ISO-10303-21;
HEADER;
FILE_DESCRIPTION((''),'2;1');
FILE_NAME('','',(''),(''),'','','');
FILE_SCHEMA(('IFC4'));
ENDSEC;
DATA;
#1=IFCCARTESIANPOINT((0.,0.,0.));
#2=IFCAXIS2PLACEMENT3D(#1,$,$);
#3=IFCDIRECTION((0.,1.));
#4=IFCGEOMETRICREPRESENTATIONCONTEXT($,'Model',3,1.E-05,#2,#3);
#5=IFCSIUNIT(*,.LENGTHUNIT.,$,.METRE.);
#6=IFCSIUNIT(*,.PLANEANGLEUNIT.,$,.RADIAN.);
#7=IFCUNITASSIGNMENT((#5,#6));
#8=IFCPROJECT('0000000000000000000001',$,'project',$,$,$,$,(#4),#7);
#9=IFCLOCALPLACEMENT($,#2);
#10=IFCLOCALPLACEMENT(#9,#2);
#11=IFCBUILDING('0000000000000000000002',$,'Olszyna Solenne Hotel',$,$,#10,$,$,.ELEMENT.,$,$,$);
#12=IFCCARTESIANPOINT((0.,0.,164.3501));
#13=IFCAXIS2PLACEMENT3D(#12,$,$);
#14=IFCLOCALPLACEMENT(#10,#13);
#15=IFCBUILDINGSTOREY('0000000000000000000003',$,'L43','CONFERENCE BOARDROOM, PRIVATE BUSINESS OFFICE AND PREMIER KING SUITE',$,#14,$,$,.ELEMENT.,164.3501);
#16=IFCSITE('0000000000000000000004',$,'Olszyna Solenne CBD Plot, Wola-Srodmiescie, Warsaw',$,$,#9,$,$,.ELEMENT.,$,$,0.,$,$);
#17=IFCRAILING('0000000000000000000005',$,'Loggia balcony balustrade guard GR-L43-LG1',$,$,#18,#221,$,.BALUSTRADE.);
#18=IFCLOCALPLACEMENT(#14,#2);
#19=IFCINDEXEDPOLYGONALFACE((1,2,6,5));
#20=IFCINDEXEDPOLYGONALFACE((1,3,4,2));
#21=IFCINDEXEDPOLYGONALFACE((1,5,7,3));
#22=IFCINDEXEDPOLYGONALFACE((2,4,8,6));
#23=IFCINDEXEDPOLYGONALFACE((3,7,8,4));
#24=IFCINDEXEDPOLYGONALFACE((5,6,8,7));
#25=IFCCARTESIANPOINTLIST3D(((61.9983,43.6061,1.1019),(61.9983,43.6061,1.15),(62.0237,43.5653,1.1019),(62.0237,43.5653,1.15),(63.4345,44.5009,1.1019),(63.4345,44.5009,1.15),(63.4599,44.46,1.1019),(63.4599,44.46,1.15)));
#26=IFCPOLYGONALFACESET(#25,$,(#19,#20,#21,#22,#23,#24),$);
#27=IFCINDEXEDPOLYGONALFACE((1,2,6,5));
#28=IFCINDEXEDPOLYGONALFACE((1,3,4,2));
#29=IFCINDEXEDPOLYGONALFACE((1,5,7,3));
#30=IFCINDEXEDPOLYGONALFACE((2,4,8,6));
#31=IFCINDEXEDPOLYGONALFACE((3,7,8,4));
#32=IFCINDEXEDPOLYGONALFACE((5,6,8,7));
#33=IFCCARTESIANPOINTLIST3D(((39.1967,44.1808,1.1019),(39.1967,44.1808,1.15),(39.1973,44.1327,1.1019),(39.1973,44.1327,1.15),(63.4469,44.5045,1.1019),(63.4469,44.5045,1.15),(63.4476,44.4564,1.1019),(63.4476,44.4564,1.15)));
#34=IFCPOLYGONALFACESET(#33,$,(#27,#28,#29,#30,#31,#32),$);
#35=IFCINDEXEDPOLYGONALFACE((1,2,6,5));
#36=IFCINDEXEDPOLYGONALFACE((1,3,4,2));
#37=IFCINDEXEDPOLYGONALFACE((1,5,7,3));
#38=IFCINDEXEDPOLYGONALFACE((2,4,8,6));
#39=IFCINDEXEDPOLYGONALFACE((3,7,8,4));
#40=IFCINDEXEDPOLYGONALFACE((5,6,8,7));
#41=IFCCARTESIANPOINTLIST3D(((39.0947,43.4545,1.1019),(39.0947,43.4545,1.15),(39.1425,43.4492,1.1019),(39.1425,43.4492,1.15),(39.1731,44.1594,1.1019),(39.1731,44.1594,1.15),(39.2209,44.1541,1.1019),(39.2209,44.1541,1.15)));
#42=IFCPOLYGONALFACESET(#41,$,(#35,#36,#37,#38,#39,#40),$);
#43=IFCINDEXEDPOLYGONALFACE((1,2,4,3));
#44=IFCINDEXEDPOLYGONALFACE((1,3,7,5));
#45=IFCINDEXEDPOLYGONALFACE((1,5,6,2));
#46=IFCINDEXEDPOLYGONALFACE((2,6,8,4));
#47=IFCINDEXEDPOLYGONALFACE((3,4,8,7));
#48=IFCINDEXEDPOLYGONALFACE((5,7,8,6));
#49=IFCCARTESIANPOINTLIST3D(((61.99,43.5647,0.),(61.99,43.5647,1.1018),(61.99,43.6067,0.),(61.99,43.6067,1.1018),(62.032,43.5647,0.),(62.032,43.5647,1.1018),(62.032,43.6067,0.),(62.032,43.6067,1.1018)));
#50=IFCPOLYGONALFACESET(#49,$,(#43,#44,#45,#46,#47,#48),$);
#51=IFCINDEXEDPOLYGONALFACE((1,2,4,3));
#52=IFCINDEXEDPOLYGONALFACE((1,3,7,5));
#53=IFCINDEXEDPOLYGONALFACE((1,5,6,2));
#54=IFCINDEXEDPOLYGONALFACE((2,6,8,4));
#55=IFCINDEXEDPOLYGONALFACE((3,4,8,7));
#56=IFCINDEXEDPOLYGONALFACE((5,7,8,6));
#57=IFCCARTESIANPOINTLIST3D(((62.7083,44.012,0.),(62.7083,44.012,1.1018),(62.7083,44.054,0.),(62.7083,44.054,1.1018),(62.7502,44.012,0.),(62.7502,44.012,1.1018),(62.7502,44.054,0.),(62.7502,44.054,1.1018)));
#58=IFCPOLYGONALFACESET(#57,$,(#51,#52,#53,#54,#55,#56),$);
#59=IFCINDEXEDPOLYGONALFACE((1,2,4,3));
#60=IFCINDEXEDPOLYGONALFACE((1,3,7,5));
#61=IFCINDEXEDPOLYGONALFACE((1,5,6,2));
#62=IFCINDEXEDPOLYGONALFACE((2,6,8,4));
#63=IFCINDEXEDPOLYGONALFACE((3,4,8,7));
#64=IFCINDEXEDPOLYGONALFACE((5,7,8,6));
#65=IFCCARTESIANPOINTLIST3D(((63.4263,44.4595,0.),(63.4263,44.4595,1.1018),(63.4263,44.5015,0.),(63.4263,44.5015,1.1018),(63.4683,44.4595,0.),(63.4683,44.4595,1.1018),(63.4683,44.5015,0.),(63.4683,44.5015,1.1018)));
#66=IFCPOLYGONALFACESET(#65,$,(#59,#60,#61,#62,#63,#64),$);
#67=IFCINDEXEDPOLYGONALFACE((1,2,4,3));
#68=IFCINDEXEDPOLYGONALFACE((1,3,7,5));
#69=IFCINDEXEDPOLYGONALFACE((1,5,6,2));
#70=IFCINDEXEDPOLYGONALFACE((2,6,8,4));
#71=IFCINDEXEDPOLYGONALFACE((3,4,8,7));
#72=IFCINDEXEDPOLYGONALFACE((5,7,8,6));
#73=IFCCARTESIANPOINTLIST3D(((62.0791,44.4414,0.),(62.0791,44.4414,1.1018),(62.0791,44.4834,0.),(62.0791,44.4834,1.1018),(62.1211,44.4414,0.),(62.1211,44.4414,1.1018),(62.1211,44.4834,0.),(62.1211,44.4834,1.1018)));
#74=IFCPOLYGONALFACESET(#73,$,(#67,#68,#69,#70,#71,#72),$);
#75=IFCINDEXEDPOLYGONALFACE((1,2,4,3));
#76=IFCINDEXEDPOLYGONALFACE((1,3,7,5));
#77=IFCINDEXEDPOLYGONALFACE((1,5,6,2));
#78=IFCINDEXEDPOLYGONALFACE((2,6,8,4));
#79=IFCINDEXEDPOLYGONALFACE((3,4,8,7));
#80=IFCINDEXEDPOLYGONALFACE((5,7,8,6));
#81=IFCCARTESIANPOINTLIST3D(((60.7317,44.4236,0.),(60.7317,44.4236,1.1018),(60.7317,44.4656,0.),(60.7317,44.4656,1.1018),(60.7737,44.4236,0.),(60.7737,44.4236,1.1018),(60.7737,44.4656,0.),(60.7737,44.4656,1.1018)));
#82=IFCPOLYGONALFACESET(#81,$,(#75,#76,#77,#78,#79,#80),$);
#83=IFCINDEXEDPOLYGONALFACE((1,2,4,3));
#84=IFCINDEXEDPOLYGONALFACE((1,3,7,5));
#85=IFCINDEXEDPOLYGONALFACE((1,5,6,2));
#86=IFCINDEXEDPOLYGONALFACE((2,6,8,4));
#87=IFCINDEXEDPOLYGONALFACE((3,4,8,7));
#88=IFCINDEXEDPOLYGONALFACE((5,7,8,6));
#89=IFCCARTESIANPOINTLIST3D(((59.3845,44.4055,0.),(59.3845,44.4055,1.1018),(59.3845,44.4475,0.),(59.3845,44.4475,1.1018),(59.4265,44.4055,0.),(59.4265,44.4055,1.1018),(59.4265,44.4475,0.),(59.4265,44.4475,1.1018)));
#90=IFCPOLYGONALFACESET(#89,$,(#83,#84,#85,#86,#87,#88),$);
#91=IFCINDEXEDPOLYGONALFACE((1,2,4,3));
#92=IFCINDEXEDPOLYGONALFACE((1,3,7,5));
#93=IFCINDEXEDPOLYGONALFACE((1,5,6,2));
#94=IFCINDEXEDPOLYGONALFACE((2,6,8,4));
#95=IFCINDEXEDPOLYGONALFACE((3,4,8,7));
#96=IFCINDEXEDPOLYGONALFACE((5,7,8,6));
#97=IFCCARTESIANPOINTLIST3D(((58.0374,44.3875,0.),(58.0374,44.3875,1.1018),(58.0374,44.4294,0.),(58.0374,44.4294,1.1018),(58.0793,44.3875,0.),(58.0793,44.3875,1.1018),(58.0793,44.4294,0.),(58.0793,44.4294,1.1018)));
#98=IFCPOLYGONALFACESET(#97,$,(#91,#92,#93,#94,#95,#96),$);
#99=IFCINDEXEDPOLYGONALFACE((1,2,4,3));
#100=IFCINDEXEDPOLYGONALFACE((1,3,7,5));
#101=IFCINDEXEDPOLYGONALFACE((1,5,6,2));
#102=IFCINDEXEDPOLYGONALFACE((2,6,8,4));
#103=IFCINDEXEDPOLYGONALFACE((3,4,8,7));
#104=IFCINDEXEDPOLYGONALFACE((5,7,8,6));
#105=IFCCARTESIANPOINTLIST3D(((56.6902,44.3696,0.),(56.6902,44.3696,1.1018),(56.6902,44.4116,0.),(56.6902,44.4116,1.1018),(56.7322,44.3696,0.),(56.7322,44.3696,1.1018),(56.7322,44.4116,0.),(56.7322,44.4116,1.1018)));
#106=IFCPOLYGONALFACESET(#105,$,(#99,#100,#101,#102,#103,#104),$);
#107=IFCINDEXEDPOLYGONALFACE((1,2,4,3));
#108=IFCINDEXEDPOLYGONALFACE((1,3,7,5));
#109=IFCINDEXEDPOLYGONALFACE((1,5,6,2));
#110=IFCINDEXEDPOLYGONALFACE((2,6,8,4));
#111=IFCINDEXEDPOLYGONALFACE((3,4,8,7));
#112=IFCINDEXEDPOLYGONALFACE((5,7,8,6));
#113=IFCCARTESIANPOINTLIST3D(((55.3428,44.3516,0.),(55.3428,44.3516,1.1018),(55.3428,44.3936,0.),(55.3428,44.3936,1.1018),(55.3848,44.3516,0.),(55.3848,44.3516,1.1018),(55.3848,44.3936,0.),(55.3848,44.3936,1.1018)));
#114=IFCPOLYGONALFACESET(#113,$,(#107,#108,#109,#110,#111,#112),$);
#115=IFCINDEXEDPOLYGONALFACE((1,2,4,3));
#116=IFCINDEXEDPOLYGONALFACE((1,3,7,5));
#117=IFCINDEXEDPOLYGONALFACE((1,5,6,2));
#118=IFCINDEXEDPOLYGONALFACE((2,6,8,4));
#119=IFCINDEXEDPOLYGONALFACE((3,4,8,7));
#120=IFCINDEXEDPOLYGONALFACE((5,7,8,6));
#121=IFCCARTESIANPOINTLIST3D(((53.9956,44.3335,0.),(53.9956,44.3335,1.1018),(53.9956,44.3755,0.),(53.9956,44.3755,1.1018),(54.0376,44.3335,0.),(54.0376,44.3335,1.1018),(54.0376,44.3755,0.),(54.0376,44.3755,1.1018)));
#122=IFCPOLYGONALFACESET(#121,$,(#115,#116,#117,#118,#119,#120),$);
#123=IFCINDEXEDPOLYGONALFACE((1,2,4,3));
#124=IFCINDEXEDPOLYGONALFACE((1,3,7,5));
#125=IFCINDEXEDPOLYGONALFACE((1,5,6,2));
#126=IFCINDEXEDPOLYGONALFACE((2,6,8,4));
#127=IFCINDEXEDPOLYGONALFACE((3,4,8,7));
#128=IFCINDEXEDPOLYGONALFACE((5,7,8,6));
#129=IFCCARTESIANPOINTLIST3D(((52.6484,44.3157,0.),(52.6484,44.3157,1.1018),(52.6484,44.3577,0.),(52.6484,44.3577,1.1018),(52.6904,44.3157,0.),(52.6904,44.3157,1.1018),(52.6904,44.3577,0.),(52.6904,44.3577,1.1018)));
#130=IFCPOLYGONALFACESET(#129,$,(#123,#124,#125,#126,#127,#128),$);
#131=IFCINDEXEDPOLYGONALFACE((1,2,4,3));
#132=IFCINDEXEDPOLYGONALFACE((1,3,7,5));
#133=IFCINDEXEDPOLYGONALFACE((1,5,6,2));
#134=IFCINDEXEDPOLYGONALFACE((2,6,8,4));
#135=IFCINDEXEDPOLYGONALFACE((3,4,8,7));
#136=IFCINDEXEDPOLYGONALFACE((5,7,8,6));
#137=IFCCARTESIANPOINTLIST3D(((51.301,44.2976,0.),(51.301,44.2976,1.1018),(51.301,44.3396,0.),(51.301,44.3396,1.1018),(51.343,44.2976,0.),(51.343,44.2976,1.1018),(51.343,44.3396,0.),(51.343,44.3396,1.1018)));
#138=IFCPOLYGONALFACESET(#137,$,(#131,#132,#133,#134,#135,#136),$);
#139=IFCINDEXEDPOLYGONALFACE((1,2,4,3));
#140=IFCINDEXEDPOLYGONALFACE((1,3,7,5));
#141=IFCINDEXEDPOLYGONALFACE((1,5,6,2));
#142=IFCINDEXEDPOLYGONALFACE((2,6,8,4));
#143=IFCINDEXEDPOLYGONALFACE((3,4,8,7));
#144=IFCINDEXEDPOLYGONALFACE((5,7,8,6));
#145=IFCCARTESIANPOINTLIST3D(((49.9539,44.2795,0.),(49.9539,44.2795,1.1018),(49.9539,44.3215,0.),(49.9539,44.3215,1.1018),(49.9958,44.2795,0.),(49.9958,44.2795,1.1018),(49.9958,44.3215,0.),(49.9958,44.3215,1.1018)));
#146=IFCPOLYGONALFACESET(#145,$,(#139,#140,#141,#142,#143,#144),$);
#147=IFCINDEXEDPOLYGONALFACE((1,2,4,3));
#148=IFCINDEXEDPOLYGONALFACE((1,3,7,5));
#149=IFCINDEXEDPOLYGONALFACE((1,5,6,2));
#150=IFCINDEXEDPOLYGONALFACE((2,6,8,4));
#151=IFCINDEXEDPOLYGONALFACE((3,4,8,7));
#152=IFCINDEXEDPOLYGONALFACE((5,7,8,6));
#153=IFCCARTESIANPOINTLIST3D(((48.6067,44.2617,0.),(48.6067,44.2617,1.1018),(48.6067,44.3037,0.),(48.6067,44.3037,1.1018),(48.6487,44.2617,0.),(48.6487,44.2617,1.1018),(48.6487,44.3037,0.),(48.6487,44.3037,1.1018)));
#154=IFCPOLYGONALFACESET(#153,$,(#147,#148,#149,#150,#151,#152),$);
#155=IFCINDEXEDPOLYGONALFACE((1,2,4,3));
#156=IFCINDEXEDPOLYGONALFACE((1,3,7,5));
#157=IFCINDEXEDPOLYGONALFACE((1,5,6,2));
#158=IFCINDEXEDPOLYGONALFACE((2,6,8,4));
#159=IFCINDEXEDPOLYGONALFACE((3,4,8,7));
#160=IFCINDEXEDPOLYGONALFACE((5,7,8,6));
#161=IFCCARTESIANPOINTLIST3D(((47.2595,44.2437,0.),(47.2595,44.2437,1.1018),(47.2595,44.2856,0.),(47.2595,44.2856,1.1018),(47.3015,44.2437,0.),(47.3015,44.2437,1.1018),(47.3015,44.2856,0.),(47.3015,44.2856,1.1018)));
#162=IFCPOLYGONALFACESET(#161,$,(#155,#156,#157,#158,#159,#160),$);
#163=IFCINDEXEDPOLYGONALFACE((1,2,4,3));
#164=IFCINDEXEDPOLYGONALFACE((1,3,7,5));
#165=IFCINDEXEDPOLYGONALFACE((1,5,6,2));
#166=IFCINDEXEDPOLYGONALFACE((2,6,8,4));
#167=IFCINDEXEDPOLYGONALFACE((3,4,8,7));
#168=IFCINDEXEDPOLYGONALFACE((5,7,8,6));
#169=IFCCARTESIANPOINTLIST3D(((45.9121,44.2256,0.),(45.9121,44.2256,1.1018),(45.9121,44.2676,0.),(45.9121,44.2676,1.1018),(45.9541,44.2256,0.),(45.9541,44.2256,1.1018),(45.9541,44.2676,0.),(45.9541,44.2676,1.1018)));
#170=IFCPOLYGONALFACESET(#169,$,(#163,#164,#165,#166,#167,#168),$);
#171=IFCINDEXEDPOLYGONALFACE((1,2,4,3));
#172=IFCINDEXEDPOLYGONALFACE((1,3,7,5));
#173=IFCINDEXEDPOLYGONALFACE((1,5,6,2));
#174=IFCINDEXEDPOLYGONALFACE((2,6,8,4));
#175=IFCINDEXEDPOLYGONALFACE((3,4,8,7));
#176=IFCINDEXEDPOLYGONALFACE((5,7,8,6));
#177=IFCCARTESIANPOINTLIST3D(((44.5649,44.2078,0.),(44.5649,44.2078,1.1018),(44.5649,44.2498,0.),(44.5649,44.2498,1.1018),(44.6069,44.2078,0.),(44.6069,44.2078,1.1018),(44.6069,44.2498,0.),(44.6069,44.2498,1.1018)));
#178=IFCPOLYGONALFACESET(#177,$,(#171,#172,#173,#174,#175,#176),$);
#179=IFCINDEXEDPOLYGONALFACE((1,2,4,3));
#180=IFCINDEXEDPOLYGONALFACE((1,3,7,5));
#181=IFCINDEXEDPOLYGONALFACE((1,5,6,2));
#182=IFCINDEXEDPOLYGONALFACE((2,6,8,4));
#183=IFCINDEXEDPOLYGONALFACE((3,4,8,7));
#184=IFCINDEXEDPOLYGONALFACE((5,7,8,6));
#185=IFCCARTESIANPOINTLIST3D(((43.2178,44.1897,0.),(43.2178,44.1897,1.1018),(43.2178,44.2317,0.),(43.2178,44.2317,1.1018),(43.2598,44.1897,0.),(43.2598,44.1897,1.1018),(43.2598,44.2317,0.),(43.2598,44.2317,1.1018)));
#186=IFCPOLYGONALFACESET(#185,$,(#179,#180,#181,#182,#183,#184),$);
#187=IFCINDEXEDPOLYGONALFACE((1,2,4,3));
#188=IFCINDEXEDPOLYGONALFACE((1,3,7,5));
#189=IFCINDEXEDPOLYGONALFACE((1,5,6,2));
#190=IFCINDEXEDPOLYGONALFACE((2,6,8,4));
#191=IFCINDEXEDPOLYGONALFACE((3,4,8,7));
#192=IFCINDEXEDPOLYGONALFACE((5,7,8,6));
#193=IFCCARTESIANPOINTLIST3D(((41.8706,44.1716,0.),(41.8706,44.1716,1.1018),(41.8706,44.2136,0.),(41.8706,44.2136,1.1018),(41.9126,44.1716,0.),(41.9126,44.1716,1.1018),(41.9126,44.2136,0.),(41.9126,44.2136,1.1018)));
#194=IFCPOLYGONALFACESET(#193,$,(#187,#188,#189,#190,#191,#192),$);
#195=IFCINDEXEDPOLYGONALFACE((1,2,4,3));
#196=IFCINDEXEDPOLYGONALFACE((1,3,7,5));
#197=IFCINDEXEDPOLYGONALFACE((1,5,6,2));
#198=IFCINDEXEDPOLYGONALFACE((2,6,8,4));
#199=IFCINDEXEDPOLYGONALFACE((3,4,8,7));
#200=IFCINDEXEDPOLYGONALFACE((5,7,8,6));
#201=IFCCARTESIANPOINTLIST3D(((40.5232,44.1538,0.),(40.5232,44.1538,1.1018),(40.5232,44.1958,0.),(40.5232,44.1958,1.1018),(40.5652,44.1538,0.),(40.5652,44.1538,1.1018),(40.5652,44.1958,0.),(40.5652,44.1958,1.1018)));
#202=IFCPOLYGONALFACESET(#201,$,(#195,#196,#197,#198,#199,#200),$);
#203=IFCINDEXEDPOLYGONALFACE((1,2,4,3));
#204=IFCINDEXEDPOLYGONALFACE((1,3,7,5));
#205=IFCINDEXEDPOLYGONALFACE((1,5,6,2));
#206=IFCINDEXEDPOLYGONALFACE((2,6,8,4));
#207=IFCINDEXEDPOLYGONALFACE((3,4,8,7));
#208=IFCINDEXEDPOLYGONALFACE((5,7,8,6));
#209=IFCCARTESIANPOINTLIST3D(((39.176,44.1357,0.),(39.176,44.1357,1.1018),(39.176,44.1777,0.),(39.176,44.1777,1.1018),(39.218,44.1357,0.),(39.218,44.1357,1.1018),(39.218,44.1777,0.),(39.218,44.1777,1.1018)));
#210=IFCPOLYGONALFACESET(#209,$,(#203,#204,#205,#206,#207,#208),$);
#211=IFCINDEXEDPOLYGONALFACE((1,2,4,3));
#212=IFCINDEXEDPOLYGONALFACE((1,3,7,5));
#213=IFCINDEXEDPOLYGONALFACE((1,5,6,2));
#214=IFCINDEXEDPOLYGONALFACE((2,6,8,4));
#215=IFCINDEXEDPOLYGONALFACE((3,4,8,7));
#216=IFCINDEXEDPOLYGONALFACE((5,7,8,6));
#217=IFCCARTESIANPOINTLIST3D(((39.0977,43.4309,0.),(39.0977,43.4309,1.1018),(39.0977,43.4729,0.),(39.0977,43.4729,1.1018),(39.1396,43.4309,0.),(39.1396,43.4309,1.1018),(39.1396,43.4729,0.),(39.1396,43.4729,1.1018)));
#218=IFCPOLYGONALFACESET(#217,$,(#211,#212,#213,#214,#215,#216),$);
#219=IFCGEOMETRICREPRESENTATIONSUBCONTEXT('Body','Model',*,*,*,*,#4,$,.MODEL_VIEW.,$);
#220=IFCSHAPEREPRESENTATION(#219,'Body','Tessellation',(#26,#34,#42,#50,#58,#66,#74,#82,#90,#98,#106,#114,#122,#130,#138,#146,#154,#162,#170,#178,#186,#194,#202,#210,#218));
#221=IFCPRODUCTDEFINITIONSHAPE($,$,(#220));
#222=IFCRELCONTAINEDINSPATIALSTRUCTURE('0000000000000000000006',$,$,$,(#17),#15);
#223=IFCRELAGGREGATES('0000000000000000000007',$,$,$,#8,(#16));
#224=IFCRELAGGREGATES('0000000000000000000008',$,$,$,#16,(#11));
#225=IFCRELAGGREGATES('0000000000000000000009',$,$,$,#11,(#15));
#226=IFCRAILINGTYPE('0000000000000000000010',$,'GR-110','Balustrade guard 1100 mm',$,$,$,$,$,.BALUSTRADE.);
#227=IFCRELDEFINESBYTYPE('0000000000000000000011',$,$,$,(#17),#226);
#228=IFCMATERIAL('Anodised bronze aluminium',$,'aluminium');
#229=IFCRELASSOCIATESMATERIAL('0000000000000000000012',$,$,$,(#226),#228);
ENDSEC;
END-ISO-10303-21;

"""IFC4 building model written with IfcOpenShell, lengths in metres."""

from ifc_helpers import new_model, si_unit, direction, frame, origin, origin_2d, place, context, subcontext, project, spatial, rectangle, extrude, material, type_object, element, save


model = new_model("IFC4")

# Units and contexts
model_context = context("Model", 3, precision=1e-05, world=origin(), true_north=direction((0.0, 1.0)))
body_context = subcontext(model_context, "Body", "Model", "MODEL_VIEW")
ifc_project = project(units=[si_unit("LENGTHUNIT", "METRE"), si_unit("PLANEANGLEUNIT", "RADIAN")], contexts=[model_context])

# Site, building, storey
site_placement = place(None, origin())
site = spatial("IfcSite", under=ifc_project, at=site_placement, Name="Olszyna Solenne CBD Plot, Wola-Srodmiescie, Warsaw", CompositionType="ELEMENT", RefElevation=0.0)
building_placement = place(site_placement, origin())
building = spatial("IfcBuilding", under=site, at=building_placement, Name="Olszyna Solenne Hotel", CompositionType="ELEMENT")
storey_placement = place(building_placement, frame((0.0, 0.0, 164.3501)))
storey = spatial("IfcBuildingStorey", under=building, at=storey_placement, Name="L43", Description="CONFERENCE BOARDROOM, PRIVATE BUSINESS OFFICE AND PREMIER KING SUITE", CompositionType="ELEMENT", Elevation=164.3501)

# Railing
ifc_material_1 = material(Name="Anodised bronze aluminium", Category="aluminium")
railing_type = type_object("IfcRailingType", Name="GR-110", Description="Balustrade guard 1100 mm", PredefinedType="BALUSTRADE", material=ifc_material_1)
railing_placement = place(storey_placement, frame((62.011, 43.5857, 0.0)))
element("IfcRailing", 1, at=railing_placement, inside=storey, type_object=railing_type, Name="Loggia balcony balustrade guard GR-L43-LG1", PredefinedType="BALUSTRADE", context=body_context, shape_type="SweptSolid", body=[
    extrude(rectangle(XDim=0.0481, YDim=0.0481, at=origin_2d()), frame((0.0, 0.0, 1.126), z_axis=(0.848767, 0.528766, 0.0), x_axis=(-0.528766, 0.848767, 0.0)), (0.0, 0.0, 1.0), 1.6921),
    extrude(rectangle(XDim=0.0481, YDim=0.0481, at=origin_2d()), frame((1.4363, 0.8948, 1.126), z_axis=(-0.999911, -0.013348, 0.0), x_axis=(0.013348, -0.999911, 0.0)), (0.0, 0.0, 1.0), 24.2524),
    extrude(rectangle(XDim=0.0481, YDim=0.0481, at=origin_2d()), frame((-22.814, 0.571, 1.126), z_axis=(-0.110507, -0.993875, 0.0), x_axis=(0.993875, -0.110507, 0.0)), (0.0, 0.0, 1.0), 0.7092),
    extrude(rectangle(XDim=0.042, YDim=0.042, at=origin_2d()), origin(), (0.0, 0.0, 1.0), 1.1018),
    extrude(rectangle(XDim=0.042, YDim=0.042, at=origin_2d()), frame((0.7183, 0.4473, 0.0)), (0.0, 0.0, 1.0), 1.1018),
    extrude(rectangle(XDim=0.042, YDim=0.042, at=origin_2d()), frame((1.4363, 0.8948, 0.0)), (0.0, 0.0, 1.0), 1.1018),
    extrude(rectangle(XDim=0.042, YDim=0.042, at=origin_2d()), frame((0.0891, 0.8767, 0.0)), (0.0, 0.0, 1.0), 1.1018),
    extrude(rectangle(XDim=0.042, YDim=0.042, at=origin_2d()), frame((-1.2583, 0.8589, 0.0)), (0.0, 0.0, 1.0), 1.1018),
    extrude(rectangle(XDim=0.042, YDim=0.042, at=origin_2d()), frame((-2.6055, 0.8408, 0.0)), (0.0, 0.0, 1.0), 1.1018),
    extrude(rectangle(XDim=0.042, YDim=0.042, at=origin_2d()), frame((-3.9526, 0.8228, 0.0)), (0.0, 0.0, 1.0), 1.1018),
    extrude(rectangle(XDim=0.042, YDim=0.042, at=origin_2d()), frame((-5.2998, 0.8049, 0.0)), (0.0, 0.0, 1.0), 1.1018),
    extrude(rectangle(XDim=0.042, YDim=0.042, at=origin_2d()), frame((-6.6472, 0.7869, 0.0)), (0.0, 0.0, 1.0), 1.1018),
    extrude(rectangle(XDim=0.042, YDim=0.042, at=origin_2d()), frame((-7.9944, 0.7688, 0.0)), (0.0, 0.0, 1.0), 1.1018),
    extrude(rectangle(XDim=0.042, YDim=0.042, at=origin_2d()), frame((-9.3416, 0.751, 0.0)), (0.0, 0.0, 1.0), 1.1018),
    extrude(rectangle(XDim=0.042, YDim=0.042, at=origin_2d()), frame((-10.689, 0.7329, 0.0)), (0.0, 0.0, 1.0), 1.1018),
    extrude(rectangle(XDim=0.042, YDim=0.042, at=origin_2d()), frame((-12.0361, 0.7148, 0.0)), (0.0, 0.0, 1.0), 1.1018),
    extrude(rectangle(XDim=0.042, YDim=0.042, at=origin_2d()), frame((-13.3833, 0.697, 0.0)), (0.0, 0.0, 1.0), 1.1018),
    extrude(rectangle(XDim=0.042, YDim=0.042, at=origin_2d()), frame((-14.7305, 0.679, 0.0)), (0.0, 0.0, 1.0), 1.1018),
    extrude(rectangle(XDim=0.042, YDim=0.042, at=origin_2d()), frame((-16.0779, 0.6609, 0.0)), (0.0, 0.0, 1.0), 1.1018),
    extrude(rectangle(XDim=0.042, YDim=0.042, at=origin_2d()), frame((-17.425, 0.6431, 0.0)), (0.0, 0.0, 1.0), 1.1018),
    extrude(rectangle(XDim=0.042, YDim=0.042, at=origin_2d()), frame((-18.7722, 0.625, 0.0)), (0.0, 0.0, 1.0), 1.1018),
    extrude(rectangle(XDim=0.042, YDim=0.042, at=origin_2d()), frame((-20.1194, 0.6069, 0.0)), (0.0, 0.0, 1.0), 1.1018),
    extrude(rectangle(XDim=0.042, YDim=0.042, at=origin_2d()), frame((-21.4668, 0.5891, 0.0)), (0.0, 0.0, 1.0), 1.1018),
    extrude(rectangle(XDim=0.042, YDim=0.042, at=origin_2d()), frame((-22.814, 0.571, 0.0)), (0.0, 0.0, 1.0), 1.1018),
    extrude(rectangle(XDim=0.042, YDim=0.042, at=origin_2d()), frame((-22.8923, -0.1338, 0.0)), (0.0, 0.0, 1.0), 1.1018),
])

save(model, "model.ifc")
